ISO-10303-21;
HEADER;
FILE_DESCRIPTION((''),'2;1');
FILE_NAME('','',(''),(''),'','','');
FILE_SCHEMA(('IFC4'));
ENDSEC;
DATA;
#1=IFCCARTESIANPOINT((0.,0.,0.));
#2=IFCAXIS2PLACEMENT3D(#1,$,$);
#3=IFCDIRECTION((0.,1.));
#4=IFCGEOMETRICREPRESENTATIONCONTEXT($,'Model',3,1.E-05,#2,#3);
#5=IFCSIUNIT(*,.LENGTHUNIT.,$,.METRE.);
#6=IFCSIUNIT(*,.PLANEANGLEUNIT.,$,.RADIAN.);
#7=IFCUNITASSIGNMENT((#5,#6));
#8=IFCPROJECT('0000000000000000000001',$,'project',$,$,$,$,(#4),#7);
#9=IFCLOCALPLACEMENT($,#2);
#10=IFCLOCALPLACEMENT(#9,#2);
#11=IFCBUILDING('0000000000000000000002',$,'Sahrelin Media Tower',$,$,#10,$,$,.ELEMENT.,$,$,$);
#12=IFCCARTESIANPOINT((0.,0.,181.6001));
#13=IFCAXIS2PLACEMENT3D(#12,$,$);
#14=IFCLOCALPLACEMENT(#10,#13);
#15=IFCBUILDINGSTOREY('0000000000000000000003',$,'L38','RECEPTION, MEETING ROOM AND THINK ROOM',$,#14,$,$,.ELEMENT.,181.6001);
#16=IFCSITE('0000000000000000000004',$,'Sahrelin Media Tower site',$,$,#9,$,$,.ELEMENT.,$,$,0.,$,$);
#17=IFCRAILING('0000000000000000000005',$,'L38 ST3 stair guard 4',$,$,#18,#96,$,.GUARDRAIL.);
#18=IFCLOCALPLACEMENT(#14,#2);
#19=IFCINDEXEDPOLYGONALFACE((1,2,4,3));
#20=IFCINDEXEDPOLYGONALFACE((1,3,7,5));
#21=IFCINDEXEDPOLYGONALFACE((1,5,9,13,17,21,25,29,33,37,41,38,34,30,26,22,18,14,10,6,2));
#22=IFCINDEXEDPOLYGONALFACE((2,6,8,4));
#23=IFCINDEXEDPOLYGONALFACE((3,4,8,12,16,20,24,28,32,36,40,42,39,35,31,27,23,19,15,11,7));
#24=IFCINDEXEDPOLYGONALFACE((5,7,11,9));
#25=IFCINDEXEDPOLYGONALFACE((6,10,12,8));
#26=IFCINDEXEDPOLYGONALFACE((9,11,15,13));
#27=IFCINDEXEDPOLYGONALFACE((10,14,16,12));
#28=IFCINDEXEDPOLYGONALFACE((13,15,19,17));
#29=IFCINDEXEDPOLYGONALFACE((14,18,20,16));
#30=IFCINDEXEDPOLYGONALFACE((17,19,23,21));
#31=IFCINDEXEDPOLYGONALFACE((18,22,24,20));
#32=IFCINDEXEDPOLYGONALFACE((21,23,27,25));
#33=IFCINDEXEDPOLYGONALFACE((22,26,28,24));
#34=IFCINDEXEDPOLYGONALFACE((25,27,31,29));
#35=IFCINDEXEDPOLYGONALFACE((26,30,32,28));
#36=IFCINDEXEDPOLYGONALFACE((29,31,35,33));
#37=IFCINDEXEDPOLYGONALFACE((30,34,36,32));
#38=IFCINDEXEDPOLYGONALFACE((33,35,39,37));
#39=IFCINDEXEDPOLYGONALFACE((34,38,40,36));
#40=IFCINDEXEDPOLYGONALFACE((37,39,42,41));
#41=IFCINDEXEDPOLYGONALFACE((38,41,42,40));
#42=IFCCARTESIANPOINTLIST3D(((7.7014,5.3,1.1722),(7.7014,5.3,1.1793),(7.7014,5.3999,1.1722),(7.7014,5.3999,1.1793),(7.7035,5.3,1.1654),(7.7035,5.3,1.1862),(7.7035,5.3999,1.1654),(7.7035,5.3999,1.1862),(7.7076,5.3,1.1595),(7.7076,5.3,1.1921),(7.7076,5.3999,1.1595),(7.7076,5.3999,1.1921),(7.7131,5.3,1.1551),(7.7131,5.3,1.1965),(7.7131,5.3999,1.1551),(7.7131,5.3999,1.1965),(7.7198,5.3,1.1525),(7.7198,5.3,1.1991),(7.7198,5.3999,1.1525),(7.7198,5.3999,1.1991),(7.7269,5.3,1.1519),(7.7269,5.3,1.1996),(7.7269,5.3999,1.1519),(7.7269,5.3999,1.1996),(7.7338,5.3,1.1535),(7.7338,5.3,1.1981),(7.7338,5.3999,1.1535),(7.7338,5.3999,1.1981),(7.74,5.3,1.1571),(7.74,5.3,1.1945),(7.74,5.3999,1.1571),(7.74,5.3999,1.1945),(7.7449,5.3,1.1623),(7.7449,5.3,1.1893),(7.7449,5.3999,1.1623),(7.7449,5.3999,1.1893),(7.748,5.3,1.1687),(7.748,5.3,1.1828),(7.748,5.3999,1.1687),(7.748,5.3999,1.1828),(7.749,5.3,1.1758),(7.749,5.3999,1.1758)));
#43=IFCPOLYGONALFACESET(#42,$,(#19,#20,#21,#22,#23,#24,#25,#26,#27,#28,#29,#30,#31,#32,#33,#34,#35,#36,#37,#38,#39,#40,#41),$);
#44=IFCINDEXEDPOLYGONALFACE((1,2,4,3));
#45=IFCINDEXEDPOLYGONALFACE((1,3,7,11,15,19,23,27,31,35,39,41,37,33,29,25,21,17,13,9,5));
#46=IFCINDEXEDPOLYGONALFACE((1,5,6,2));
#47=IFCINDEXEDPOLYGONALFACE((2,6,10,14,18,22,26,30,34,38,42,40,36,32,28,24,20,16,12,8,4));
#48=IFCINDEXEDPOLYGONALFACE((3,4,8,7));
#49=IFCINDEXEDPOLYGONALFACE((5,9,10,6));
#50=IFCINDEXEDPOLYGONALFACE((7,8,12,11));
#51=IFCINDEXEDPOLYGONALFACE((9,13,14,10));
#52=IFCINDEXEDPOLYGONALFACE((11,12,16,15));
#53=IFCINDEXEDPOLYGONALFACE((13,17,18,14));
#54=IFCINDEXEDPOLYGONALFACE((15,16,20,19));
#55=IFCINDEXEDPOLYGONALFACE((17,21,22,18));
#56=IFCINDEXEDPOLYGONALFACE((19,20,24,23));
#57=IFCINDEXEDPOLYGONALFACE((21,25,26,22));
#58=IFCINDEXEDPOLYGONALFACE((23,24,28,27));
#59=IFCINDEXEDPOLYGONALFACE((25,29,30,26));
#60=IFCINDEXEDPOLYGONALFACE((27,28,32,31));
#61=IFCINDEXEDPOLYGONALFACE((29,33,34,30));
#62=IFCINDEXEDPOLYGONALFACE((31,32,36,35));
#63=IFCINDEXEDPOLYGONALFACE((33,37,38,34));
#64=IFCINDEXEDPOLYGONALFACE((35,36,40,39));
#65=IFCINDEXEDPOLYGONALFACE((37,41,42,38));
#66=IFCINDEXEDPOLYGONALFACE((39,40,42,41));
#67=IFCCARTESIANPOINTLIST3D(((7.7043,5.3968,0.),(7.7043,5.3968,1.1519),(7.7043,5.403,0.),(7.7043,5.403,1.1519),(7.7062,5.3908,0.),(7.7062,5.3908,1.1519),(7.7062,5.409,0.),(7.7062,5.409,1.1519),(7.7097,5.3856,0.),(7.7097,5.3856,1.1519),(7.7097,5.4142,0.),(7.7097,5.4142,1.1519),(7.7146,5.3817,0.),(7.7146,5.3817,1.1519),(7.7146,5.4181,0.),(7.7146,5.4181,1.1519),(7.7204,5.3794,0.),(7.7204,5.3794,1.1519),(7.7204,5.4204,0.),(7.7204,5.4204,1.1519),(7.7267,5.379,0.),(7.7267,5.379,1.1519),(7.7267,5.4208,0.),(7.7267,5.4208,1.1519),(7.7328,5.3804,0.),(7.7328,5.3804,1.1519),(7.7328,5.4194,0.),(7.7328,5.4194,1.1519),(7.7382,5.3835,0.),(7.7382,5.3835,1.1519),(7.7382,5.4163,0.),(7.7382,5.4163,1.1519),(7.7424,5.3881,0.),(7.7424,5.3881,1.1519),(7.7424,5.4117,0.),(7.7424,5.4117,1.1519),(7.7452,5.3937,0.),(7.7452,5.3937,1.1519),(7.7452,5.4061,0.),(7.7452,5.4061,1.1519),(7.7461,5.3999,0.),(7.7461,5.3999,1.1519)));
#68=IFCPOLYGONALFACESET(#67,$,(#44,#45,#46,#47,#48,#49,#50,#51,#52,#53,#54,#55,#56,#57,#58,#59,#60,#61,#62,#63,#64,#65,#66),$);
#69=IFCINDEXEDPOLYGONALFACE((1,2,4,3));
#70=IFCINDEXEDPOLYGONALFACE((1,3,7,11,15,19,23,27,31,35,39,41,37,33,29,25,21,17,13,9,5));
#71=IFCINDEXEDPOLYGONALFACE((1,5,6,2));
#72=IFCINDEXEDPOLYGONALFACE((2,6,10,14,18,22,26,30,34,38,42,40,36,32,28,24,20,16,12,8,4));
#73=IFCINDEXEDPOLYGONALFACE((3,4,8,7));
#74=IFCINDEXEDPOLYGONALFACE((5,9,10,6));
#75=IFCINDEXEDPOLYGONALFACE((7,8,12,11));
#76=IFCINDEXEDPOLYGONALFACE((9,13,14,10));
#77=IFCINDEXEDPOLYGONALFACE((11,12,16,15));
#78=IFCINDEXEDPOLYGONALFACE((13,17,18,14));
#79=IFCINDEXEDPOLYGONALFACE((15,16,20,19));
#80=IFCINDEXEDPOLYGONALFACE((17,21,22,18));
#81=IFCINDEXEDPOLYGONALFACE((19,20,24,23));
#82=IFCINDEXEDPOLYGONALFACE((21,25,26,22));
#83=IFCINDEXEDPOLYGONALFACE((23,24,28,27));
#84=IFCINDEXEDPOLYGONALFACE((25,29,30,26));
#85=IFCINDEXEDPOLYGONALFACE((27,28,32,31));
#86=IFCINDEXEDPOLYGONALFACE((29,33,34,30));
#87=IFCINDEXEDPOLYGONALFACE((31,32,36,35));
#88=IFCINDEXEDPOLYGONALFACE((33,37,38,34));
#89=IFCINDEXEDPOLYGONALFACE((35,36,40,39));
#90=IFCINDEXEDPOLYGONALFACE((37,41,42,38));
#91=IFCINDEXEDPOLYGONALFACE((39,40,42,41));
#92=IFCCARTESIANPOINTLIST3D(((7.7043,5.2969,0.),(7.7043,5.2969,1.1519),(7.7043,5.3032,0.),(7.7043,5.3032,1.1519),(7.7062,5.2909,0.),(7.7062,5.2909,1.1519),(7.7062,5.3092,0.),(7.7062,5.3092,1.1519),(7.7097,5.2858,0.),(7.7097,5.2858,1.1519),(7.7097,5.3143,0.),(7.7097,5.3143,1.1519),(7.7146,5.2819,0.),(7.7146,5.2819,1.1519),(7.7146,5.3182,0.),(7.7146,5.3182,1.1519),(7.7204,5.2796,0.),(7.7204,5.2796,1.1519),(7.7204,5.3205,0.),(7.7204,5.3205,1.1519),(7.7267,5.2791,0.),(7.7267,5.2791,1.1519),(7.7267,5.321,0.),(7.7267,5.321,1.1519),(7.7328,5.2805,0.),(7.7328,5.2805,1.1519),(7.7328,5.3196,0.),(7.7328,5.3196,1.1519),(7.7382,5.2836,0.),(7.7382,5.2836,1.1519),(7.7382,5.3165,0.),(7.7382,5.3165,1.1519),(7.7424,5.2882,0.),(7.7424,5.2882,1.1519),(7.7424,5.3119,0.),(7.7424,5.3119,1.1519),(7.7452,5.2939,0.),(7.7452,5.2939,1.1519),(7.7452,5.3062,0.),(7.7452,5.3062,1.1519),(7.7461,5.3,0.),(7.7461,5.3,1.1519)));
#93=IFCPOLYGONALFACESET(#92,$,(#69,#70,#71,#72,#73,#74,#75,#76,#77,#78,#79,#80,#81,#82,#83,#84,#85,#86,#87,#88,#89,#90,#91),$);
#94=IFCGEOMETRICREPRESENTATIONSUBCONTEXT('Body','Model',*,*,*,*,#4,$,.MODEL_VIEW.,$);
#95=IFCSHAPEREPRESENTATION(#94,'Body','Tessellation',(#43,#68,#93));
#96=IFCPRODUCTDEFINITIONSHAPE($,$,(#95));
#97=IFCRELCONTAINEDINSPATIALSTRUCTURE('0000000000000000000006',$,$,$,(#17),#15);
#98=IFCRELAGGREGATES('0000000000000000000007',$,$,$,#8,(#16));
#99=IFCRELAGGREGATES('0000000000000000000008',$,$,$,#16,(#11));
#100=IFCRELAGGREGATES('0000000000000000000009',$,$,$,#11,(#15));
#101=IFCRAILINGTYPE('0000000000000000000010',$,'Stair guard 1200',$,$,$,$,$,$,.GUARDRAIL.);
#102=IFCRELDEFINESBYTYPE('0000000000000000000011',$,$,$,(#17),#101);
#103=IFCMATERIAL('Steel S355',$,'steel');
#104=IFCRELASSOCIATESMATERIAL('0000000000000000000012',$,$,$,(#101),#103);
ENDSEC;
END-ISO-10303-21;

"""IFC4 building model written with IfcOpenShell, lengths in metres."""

from ifc_helpers import new_model, si_unit, direction, frame, origin, origin_2d, place, context, subcontext, project, spatial, circle, extrude, material, type_object, element, save


model = new_model("IFC4")

# Units and contexts
model_context = context("Model", 3, precision=1e-05, world=origin(), true_north=direction((0.0, 1.0)))
body_context = subcontext(model_context, "Body", "Model", "MODEL_VIEW")
ifc_project = project(units=[si_unit("LENGTHUNIT", "METRE"), si_unit("PLANEANGLEUNIT", "RADIAN")], contexts=[model_context])

# Site, building, storey
site_placement = place(None, origin())
site = spatial("IfcSite", under=ifc_project, at=site_placement, Name="Sahrelin Media Tower site", CompositionType="ELEMENT", RefElevation=0.0)
building_placement = place(site_placement, origin())
building = spatial("IfcBuilding", under=site, at=building_placement, Name="Sahrelin Media Tower", CompositionType="ELEMENT")
storey_placement = place(building_placement, frame((0.0, 0.0, 181.6001)))
storey = spatial("IfcBuildingStorey", under=building, at=storey_placement, Name="L38", Description="RECEPTION, MEETING ROOM AND THINK ROOM", CompositionType="ELEMENT", Elevation=181.6001)

# Shared definitions
ifc_material_1 = material(Name="Steel S355", Category="steel")

# Railing
railing_type_1 = type_object("IfcRailingType", Name="Stair guard 1200", PredefinedType="GUARDRAIL", material=ifc_material_1)
railing_1_placement = place(storey_placement, frame((7.7251, 5.3999, 0.0)))
element("IfcRailing", 1, at=railing_1_placement, inside=storey, type_object=railing_type_1, Name="L38 ST3 stair guard 4", PredefinedType="GUARDRAIL", context=body_context, shape_type="SweptSolid", body=[
    extrude(circle(Radius=0.0239, at=origin_2d()), frame((0.0, 0.0, 1.1758), z_axis=(0.0, -1.0, 0.0), x_axis=(1.0, 0.0, 0.0)), (0.0, 0.0, 1.0), 0.0999),
    extrude(circle(Radius=0.021, at=origin_2d()), origin(), (0.0, 0.0, 1.0), 1.1519),
    extrude(circle(Radius=0.021, at=origin_2d()), frame((0.0, -0.0999, 0.0)), (0.0, 0.0, 1.0), 1.1519),
])

save(model, "model.ifc")
